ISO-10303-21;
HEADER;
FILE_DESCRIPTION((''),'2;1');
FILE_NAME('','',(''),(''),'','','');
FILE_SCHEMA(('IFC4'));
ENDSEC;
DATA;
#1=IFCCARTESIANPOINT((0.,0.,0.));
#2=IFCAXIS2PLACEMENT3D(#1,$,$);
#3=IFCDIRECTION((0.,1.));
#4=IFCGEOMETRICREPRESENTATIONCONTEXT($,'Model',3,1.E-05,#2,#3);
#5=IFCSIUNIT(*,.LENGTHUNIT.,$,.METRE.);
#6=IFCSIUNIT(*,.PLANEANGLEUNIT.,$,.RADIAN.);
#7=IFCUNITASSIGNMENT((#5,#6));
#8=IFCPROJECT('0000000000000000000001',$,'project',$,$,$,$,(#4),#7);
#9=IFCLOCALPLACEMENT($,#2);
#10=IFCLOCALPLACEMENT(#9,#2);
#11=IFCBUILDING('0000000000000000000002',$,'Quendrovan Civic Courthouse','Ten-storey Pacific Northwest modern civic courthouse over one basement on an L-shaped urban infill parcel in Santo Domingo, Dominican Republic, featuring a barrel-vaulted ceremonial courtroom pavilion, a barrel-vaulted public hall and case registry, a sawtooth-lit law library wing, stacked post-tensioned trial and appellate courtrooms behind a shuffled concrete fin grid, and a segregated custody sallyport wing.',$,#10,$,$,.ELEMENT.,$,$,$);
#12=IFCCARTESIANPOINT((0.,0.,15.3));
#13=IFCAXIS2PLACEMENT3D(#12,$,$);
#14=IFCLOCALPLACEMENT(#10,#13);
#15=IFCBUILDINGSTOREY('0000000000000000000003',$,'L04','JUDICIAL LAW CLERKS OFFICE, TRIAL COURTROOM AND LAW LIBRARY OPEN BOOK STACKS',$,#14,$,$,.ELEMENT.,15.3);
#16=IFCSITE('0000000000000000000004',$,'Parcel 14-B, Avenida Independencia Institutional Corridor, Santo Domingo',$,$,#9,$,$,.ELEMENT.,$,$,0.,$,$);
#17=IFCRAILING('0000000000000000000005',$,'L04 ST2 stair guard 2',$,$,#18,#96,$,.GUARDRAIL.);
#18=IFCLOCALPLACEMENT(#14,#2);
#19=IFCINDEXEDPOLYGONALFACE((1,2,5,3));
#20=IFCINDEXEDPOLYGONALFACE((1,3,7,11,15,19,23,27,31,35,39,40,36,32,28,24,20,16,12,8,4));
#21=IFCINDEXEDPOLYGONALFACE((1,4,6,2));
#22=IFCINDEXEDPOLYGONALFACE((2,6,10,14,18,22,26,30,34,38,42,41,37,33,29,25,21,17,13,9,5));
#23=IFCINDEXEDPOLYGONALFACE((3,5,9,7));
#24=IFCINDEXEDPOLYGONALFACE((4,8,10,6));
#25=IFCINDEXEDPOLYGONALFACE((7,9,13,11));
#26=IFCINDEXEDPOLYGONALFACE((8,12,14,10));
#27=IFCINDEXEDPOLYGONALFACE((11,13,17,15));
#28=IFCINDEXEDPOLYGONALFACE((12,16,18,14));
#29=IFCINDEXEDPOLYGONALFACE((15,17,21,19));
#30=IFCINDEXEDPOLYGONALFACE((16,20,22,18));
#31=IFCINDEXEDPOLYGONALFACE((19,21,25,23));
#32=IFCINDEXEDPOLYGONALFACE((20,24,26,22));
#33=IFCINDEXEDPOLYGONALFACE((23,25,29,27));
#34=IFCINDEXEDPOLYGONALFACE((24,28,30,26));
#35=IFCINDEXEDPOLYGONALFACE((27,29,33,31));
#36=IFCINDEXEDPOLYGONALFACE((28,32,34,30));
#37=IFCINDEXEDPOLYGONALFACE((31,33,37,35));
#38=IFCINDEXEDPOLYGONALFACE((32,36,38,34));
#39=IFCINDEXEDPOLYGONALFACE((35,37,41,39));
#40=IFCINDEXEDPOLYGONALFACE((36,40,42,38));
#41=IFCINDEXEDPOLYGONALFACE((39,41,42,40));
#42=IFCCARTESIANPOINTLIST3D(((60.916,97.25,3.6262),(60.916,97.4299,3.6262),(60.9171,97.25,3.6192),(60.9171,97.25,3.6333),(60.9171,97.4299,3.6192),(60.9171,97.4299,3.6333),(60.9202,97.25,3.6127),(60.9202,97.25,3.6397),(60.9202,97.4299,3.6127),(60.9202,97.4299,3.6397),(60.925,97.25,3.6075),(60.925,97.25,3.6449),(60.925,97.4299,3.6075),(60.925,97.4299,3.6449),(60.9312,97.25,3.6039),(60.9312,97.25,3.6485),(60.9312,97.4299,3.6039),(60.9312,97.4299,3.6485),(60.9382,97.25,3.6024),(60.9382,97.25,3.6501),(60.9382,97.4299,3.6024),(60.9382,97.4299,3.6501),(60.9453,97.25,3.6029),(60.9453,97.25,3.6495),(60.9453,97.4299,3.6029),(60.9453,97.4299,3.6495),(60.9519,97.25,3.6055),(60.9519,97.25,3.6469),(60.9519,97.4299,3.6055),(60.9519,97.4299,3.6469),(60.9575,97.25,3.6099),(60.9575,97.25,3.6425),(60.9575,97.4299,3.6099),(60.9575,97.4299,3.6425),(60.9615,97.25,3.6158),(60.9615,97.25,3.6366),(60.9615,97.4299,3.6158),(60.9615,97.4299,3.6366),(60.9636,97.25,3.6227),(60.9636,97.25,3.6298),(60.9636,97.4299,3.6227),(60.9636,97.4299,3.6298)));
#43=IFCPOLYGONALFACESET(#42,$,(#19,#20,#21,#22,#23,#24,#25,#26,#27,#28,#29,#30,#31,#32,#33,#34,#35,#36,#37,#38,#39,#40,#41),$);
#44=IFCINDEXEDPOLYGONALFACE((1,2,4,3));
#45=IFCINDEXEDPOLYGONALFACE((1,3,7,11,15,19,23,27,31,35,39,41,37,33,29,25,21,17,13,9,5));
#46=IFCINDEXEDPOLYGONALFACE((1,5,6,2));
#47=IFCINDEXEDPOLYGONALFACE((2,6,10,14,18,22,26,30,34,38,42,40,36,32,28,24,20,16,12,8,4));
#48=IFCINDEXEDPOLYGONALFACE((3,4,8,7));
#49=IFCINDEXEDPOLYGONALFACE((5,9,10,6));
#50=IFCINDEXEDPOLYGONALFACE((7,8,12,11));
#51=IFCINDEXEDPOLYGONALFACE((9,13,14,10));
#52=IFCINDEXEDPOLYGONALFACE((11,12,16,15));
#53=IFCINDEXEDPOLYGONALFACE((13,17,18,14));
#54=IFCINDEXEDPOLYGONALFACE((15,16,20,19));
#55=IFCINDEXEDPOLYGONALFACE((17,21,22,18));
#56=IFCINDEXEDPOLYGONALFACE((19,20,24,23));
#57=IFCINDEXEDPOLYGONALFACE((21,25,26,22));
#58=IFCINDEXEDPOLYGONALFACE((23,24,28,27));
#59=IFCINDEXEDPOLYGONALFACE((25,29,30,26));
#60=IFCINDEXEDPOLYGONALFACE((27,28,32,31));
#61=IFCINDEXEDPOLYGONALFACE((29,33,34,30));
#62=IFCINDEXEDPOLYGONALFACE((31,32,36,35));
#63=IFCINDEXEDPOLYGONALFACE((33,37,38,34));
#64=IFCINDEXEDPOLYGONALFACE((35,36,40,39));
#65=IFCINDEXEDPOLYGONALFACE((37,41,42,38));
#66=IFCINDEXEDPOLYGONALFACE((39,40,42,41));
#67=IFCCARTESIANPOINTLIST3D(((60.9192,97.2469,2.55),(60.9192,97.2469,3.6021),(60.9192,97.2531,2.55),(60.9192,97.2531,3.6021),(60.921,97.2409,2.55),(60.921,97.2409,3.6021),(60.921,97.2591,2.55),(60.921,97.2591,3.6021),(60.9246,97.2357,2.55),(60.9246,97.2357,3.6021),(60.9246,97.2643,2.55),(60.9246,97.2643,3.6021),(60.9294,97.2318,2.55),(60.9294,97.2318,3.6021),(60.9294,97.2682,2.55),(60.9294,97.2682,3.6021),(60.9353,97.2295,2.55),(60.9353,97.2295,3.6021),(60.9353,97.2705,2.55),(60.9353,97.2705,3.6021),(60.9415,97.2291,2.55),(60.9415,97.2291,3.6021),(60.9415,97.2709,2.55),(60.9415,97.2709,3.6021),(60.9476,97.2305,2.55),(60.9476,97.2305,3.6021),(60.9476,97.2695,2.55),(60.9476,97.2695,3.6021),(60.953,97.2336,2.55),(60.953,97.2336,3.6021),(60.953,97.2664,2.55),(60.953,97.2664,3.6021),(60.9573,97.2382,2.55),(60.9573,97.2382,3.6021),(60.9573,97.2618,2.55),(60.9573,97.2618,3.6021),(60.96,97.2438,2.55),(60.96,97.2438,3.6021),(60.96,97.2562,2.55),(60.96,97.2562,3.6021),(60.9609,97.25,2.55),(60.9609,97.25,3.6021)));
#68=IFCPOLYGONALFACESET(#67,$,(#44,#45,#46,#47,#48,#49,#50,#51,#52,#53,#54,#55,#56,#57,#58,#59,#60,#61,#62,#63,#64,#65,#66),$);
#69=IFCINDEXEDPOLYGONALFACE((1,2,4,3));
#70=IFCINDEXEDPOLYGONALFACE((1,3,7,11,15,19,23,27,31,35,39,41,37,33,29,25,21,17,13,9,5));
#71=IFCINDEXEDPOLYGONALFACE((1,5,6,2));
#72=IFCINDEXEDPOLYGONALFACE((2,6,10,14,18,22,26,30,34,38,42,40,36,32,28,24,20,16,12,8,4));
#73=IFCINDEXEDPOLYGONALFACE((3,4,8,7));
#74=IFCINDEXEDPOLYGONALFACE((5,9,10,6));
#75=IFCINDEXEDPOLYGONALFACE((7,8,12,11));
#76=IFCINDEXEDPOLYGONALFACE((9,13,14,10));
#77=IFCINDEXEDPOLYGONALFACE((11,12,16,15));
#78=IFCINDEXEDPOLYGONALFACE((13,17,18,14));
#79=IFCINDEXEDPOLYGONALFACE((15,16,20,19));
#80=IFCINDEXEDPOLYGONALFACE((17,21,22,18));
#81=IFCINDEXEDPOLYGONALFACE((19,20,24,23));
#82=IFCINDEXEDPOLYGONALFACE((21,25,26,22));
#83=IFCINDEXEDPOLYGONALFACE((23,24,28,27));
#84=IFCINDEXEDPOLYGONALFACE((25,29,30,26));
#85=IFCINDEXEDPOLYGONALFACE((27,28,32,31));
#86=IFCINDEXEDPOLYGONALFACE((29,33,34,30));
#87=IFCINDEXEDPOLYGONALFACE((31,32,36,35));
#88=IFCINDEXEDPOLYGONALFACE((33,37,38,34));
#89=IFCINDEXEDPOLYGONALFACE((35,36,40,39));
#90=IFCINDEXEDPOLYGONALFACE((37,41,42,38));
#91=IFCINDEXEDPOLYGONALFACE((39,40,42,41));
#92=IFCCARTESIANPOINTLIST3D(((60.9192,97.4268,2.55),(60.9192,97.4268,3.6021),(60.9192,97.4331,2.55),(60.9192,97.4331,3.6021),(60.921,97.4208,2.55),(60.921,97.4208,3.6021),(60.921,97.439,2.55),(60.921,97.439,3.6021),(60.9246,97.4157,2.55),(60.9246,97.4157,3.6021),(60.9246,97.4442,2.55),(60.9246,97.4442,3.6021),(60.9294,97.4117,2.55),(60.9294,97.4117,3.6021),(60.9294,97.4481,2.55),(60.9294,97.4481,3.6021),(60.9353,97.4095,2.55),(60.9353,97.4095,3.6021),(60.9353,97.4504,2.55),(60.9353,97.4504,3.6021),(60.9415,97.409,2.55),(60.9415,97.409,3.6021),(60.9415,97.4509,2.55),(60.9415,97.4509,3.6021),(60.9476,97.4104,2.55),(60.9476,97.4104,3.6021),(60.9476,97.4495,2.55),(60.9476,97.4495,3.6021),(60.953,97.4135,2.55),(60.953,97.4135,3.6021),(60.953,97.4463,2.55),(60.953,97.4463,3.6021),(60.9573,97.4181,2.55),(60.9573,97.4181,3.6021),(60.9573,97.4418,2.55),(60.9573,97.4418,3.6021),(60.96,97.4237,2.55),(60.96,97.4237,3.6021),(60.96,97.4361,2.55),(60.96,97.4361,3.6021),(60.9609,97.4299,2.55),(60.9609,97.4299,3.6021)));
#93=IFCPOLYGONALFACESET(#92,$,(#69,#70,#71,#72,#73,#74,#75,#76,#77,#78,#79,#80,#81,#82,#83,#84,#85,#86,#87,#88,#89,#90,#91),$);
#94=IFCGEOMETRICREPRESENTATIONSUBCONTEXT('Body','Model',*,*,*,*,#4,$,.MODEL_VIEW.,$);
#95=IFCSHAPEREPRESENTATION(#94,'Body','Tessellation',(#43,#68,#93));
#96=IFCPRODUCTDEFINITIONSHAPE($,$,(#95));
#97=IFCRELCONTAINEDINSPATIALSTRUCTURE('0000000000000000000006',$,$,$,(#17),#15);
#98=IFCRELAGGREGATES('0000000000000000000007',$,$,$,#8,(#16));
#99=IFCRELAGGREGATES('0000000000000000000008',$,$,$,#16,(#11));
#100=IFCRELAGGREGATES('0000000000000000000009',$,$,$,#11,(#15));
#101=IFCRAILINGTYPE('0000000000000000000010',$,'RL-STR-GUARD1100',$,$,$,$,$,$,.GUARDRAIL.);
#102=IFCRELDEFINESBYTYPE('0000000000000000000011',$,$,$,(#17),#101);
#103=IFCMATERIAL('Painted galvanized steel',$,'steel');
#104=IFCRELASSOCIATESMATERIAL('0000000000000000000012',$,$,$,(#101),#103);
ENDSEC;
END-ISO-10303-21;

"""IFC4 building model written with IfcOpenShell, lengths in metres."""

from ifc_helpers import new_model, si_unit, direction, frame, origin, origin_2d, place, context, subcontext, project, spatial, circle, extrude, material, type_object, element, save


model = new_model("IFC4")

# Units and contexts
model_context = context("Model", 3, precision=1e-05, world=origin(), true_north=direction((0.0, 1.0)))
body_context = subcontext(model_context, "Body", "Model", "MODEL_VIEW")
ifc_project = project(units=[si_unit("LENGTHUNIT", "METRE"), si_unit("PLANEANGLEUNIT", "RADIAN")], contexts=[model_context])

# Site, building, storey
site_placement = place(None, origin())
site = spatial("IfcSite", under=ifc_project, at=site_placement, Name="Parcel 14-B, Avenida Independencia Institutional Corridor, Santo Domingo", CompositionType="ELEMENT", RefElevation=0.0)
building_placement = place(site_placement, origin())
building = spatial("IfcBuilding", under=site, at=building_placement, Name="Quendrovan Civic Courthouse", Description="Ten-storey Pacific Northwest modern civic courthouse over one basement on an L-shaped urban infill parcel in Santo Domingo, Dominican Republic, featuring a barrel-vaulted ceremonial courtroom pavilion, a barrel-vaulted public hall and case registry, a sawtooth-lit law library wing, stacked post-tensioned trial and appellate courtrooms behind a shuffled concrete fin grid, and a segregated custody sallyport wing.", CompositionType="ELEMENT")
storey_placement = place(building_placement, frame((0.0, 0.0, 15.3)))
storey = spatial("IfcBuildingStorey", under=building, at=storey_placement, Name="L04", Description="JUDICIAL LAW CLERKS OFFICE, TRIAL COURTROOM AND LAW LIBRARY OPEN BOOK STACKS", CompositionType="ELEMENT", Elevation=15.3)

# Railing
ifc_material_1 = material(Name="Painted galvanized steel", Category="steel")
railing_type_1 = type_object("IfcRailingType", Name="RL-STR-GUARD1100", PredefinedType="GUARDRAIL", material=ifc_material_1)
railing_1_placement = place(storey_placement, frame((60.9399, 97.25, 2.55)))
element("IfcRailing", 1, at=railing_1_placement, inside=storey, type_object=railing_type_1, Name="L04 ST2 stair guard 2", PredefinedType="GUARDRAIL", context=body_context, shape_type="SweptSolid", body=[
    extrude(circle(Radius=0.0239, at=origin_2d()), frame((0.0, 0.0, 1.0762), z_axis=(0.0, 1.0, 0.0), x_axis=(-1.0, 0.0, 0.0)), (0.0, 0.0, 1.0), 0.1799),
    extrude(circle(Radius=0.021, at=origin_2d()), origin(), (0.0, 0.0, 1.0), 1.052),
    extrude(circle(Radius=0.021, at=origin_2d()), frame((0.0, 0.1799, 0.0)), (0.0, 0.0, 1.0), 1.052),
])

save(model, "model.ifc")
